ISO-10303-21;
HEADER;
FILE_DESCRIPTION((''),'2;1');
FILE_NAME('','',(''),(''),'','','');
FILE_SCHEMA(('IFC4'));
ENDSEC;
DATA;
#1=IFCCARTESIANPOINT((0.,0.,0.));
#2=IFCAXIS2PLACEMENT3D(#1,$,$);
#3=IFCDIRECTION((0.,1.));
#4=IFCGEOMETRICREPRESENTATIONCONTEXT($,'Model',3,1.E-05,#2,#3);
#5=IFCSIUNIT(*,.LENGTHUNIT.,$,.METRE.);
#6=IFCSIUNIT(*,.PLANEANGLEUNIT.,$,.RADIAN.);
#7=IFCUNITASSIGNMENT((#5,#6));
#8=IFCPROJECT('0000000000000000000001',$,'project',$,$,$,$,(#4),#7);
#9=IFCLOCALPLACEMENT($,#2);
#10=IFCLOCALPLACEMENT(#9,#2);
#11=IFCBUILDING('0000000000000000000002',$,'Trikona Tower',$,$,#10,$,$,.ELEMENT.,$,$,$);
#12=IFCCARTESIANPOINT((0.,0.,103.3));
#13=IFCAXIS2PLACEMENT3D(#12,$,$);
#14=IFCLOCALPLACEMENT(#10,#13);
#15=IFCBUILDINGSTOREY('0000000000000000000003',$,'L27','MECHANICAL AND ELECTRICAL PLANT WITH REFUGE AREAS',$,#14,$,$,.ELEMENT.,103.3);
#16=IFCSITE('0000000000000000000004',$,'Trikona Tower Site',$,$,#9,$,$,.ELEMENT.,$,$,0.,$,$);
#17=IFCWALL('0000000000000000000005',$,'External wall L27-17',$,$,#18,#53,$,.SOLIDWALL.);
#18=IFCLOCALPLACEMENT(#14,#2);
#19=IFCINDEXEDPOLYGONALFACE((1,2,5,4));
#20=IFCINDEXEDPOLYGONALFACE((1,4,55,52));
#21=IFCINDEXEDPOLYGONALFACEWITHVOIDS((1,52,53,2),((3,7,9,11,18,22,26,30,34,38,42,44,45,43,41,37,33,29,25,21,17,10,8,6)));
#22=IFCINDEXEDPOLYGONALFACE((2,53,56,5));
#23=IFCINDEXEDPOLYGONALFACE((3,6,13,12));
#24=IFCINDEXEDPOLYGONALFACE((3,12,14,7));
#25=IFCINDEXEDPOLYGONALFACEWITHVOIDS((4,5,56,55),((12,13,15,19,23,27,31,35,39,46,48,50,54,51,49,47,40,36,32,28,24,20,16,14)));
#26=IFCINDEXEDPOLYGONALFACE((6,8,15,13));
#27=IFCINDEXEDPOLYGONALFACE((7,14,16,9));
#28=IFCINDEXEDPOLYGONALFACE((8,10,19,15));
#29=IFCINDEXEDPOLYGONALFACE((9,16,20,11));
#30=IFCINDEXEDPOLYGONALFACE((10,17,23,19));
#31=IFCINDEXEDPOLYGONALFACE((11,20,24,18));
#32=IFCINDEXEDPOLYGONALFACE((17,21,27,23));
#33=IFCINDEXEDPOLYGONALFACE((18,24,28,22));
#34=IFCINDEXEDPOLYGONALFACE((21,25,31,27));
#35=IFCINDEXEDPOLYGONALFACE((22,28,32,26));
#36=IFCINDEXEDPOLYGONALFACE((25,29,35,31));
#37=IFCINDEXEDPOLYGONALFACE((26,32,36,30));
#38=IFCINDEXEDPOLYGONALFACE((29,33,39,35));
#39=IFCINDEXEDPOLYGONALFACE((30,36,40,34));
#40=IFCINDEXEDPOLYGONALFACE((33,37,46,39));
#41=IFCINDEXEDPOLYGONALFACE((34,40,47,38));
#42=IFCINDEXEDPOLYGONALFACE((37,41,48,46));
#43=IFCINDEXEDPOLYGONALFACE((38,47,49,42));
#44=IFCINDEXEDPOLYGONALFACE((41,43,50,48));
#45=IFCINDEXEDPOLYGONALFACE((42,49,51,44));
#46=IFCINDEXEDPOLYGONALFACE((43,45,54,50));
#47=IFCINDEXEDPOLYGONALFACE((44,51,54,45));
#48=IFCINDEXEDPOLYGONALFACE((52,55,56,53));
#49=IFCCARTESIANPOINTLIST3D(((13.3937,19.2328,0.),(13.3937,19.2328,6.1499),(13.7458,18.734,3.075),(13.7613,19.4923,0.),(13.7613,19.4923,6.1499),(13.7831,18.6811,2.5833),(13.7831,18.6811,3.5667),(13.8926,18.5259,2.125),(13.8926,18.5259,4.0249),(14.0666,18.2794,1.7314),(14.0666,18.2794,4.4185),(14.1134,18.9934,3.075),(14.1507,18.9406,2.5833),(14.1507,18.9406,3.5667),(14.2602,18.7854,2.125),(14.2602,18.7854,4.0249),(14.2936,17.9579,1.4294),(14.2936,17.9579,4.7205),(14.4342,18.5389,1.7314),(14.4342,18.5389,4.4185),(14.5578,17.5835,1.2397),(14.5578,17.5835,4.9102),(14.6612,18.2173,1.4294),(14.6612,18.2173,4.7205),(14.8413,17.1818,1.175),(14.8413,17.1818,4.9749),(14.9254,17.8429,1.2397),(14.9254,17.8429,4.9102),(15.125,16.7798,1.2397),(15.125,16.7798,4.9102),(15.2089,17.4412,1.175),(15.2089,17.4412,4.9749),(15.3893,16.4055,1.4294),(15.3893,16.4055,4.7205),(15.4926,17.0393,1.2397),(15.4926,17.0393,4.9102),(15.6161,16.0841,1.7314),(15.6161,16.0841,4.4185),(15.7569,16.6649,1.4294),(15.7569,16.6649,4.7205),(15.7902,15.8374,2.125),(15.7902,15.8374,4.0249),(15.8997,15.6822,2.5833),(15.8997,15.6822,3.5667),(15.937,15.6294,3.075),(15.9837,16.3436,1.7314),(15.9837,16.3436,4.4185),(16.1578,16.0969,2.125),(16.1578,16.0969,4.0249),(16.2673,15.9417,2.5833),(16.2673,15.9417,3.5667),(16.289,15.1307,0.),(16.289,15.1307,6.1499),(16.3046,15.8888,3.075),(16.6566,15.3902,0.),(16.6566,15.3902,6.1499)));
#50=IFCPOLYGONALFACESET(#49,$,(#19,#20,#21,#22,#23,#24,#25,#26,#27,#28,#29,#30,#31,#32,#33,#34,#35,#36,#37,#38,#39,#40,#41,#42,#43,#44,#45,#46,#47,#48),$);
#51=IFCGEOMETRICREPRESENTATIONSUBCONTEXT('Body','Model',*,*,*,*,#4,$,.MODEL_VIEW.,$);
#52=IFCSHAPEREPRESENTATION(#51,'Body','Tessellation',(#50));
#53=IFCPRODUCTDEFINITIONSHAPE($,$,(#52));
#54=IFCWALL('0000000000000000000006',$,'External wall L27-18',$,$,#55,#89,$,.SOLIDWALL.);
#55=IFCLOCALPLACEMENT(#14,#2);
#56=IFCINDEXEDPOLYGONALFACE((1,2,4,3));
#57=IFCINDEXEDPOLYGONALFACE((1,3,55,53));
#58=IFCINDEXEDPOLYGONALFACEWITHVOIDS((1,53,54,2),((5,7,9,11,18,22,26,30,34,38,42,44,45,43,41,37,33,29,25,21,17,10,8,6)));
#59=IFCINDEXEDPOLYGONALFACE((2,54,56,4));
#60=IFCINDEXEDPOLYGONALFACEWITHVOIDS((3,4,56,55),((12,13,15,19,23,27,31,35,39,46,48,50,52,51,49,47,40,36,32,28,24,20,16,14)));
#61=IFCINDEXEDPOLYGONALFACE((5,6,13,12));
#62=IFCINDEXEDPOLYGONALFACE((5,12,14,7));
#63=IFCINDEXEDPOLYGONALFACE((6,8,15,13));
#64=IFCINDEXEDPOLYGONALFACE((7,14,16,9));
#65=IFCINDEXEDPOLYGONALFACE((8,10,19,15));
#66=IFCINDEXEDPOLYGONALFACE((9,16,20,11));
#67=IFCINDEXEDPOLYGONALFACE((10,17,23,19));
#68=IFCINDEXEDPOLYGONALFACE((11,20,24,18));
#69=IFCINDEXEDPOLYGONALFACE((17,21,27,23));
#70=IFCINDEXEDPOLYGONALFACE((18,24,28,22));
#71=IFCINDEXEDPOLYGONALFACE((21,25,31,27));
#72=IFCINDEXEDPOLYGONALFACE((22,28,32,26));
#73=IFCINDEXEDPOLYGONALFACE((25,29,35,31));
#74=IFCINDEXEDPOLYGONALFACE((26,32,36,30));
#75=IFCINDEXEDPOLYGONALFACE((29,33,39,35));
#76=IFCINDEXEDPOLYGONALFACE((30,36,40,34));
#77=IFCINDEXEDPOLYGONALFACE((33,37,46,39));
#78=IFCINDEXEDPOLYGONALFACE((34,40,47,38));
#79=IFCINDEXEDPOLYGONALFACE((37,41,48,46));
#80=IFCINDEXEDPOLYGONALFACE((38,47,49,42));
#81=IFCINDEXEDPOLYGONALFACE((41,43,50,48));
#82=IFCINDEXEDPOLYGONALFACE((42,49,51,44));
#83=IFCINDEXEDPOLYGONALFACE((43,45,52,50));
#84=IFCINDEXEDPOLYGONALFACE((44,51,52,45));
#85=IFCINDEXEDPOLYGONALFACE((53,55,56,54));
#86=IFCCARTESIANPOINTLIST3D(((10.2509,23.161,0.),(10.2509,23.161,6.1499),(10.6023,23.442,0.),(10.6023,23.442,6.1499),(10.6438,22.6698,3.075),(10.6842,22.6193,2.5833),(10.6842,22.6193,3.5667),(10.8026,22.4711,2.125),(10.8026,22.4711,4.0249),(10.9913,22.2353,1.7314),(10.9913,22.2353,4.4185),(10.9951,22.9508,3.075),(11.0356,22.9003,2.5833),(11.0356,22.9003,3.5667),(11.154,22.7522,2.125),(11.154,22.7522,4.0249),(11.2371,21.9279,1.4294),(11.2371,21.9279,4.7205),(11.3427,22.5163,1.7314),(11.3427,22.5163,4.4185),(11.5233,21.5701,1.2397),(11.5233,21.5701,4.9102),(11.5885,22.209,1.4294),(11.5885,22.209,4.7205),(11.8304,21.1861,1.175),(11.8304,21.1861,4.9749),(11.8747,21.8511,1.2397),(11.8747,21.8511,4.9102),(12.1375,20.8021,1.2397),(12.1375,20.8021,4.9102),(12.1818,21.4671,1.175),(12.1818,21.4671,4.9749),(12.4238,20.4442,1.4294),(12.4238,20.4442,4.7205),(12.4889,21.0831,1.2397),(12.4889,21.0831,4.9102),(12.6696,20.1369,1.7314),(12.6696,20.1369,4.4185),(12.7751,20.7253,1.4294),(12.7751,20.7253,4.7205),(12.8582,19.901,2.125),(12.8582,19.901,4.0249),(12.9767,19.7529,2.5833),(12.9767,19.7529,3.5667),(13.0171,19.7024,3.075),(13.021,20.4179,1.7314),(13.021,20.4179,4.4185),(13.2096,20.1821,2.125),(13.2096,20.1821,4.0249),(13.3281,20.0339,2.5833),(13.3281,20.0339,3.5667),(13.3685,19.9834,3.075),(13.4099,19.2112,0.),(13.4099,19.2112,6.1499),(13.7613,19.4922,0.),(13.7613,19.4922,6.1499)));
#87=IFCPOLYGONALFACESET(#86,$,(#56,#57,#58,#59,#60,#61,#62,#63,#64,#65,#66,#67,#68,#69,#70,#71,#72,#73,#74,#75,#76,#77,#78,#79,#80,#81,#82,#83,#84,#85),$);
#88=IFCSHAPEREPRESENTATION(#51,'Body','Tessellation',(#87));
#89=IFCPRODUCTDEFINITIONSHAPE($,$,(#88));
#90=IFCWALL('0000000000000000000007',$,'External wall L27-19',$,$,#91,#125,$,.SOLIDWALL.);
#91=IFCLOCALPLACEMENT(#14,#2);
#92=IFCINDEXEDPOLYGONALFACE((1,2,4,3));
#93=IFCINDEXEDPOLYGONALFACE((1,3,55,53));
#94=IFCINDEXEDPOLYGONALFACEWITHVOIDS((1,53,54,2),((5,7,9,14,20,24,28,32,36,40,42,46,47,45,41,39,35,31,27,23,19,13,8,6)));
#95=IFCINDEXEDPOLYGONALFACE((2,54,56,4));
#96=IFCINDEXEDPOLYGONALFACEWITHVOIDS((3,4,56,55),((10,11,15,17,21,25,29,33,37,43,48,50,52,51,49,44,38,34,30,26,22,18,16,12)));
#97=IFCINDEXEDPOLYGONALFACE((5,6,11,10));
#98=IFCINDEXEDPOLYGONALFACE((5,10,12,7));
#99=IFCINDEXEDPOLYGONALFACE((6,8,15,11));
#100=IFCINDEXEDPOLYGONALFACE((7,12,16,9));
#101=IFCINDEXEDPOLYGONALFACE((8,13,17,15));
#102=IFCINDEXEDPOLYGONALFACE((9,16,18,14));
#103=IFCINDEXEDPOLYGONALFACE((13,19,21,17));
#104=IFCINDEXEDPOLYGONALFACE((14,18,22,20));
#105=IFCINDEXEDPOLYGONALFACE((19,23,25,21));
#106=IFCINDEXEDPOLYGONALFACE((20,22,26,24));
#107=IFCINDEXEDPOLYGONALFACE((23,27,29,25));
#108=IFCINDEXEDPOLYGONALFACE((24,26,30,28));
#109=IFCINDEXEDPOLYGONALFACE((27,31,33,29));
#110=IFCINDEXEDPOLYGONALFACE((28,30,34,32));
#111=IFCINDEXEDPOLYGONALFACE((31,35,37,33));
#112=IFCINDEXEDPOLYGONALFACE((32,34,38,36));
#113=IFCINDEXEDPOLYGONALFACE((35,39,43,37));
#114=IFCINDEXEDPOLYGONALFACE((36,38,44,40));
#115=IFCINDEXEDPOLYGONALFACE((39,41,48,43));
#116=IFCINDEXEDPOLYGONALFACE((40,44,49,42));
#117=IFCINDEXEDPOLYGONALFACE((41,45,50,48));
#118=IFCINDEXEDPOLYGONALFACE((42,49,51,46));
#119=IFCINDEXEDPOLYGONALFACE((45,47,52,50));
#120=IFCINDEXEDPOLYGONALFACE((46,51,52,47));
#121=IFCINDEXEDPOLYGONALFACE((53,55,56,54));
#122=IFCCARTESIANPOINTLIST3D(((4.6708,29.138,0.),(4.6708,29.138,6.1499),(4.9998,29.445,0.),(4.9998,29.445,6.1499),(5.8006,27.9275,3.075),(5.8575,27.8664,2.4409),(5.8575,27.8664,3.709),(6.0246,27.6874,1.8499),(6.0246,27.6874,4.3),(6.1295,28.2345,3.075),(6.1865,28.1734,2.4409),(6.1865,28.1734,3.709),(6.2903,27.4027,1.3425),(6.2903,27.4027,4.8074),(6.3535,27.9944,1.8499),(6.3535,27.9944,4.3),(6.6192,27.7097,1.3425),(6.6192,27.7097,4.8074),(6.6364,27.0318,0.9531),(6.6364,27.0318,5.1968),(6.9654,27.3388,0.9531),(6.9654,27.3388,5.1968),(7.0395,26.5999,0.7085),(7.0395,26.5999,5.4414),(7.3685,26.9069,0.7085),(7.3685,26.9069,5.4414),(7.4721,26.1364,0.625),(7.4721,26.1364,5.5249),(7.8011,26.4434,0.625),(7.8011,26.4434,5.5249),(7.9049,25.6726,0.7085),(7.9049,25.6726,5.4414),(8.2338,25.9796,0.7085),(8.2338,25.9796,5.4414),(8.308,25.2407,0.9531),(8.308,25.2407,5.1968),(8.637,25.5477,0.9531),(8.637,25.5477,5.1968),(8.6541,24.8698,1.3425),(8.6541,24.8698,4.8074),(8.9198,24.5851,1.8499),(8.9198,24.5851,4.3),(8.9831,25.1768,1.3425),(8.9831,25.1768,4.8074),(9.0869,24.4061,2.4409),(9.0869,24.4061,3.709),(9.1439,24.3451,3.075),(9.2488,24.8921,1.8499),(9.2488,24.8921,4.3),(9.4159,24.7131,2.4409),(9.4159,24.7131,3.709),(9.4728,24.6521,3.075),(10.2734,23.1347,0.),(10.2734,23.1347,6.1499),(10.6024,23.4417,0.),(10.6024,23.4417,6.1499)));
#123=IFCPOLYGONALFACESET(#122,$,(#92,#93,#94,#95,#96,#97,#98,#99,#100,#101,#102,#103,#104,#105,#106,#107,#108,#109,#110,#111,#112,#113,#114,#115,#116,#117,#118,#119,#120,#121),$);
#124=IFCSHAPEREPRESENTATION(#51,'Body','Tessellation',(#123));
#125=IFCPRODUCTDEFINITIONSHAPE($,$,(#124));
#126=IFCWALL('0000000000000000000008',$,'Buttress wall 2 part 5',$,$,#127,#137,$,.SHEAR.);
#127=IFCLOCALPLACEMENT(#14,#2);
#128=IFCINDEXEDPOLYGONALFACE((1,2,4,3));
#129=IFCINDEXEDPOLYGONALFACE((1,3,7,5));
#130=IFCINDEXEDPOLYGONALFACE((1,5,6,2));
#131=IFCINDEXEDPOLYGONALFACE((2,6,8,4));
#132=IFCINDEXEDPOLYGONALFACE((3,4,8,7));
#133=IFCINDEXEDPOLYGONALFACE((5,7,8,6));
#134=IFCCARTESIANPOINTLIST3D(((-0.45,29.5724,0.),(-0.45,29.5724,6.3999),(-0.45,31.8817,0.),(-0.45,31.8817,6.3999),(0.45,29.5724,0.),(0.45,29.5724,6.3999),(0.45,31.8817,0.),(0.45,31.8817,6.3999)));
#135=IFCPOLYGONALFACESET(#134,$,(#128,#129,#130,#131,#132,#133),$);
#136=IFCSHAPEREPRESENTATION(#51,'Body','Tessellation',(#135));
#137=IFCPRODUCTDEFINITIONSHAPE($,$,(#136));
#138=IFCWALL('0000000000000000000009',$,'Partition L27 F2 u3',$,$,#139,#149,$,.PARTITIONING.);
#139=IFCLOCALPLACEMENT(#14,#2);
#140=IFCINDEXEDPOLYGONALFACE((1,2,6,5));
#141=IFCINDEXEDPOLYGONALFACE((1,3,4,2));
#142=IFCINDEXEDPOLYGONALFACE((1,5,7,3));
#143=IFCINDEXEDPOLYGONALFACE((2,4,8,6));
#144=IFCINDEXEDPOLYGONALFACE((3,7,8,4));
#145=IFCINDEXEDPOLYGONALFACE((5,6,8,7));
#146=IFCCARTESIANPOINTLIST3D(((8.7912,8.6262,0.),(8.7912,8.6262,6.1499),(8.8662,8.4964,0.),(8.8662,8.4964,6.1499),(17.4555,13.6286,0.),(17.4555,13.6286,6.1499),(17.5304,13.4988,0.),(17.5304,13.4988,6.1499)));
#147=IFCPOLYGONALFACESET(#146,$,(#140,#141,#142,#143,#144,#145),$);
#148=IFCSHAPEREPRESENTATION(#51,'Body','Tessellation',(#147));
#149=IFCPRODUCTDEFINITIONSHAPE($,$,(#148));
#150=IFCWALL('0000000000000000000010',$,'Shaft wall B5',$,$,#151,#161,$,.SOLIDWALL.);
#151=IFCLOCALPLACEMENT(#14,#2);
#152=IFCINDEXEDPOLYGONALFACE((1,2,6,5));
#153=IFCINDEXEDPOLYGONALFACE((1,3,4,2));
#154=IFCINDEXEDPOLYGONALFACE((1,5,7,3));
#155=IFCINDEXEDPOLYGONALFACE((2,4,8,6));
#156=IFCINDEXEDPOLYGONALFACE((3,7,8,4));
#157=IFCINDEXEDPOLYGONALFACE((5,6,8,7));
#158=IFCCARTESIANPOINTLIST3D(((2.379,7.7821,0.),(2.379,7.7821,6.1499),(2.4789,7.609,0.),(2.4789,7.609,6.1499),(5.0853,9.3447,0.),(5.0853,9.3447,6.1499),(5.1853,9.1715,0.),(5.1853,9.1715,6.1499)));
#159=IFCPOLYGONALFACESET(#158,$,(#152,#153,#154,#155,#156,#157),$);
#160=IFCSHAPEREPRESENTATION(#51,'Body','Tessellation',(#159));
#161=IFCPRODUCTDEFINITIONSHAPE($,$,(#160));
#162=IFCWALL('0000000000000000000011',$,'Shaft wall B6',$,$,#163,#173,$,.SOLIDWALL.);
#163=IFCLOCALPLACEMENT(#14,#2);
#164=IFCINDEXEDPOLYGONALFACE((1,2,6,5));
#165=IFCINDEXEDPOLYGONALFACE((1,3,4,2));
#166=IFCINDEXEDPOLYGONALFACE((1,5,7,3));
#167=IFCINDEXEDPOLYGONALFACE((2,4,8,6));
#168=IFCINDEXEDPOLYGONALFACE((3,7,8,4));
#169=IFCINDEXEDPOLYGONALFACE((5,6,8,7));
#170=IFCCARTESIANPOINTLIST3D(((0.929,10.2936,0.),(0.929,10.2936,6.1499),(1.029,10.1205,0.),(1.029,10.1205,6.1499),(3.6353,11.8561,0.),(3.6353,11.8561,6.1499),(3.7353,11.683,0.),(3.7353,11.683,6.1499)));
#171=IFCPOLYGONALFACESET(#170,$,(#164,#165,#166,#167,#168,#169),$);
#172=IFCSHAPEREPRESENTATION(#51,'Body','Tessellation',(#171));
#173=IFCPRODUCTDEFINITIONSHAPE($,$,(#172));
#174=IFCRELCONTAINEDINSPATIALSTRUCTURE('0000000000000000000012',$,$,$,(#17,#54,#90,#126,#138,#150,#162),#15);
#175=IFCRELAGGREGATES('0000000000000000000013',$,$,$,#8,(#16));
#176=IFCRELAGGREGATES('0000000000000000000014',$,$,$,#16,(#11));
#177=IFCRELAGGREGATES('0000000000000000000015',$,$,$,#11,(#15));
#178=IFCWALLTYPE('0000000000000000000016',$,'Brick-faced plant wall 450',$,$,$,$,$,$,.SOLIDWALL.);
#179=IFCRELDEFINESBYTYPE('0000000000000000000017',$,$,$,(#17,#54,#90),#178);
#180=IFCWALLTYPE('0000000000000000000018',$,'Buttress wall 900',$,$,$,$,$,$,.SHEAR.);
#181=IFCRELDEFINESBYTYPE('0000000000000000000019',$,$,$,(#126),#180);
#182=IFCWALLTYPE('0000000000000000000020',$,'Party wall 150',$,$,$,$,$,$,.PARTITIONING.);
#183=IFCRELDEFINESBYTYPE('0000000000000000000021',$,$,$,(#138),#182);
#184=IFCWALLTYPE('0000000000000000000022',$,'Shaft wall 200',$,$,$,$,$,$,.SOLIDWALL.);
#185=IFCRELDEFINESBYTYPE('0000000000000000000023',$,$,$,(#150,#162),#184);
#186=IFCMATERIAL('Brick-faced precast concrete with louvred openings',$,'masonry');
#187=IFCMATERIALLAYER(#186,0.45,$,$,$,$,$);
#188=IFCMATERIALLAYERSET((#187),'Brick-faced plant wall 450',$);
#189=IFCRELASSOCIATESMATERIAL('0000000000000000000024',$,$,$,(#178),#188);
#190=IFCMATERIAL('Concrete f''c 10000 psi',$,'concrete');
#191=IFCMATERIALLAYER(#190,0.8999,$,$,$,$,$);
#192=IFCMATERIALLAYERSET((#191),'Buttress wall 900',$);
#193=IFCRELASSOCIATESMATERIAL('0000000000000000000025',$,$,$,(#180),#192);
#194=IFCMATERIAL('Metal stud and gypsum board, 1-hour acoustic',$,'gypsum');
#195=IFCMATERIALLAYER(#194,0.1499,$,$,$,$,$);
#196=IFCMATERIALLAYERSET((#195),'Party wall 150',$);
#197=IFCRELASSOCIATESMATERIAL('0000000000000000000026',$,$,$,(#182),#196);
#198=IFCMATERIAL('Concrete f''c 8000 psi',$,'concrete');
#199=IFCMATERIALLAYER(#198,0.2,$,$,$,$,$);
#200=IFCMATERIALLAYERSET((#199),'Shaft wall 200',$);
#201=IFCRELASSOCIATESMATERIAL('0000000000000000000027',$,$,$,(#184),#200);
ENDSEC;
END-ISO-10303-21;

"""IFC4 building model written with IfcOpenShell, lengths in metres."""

from ifc_helpers import new_model, si_unit, direction, frame, frame_2d, origin, place, context, subcontext, project, spatial, polyline, rectangle, outline, extrude, material, layer, layer_set, type_object, element, save


model = new_model("IFC4")

# Units and contexts
model_context = context("Model", 3, precision=1e-05, world=origin(), true_north=direction((0.0, 1.0)))
body_context = subcontext(model_context, "Body", "Model", "MODEL_VIEW")
ifc_project = project(units=[si_unit("LENGTHUNIT", "METRE"), si_unit("PLANEANGLEUNIT", "RADIAN")], contexts=[model_context])

# Site, building, storey
site_placement = place(None, origin())
site = spatial("IfcSite", under=ifc_project, at=site_placement, Name="Trikona Tower Site", CompositionType="ELEMENT", RefElevation=0.0)
building_placement = place(site_placement, origin())
building = spatial("IfcBuilding", under=site, at=building_placement, Name="Trikona Tower", CompositionType="ELEMENT")
storey_placement = place(building_placement, frame((0.0, 0.0, 103.3)))
storey = spatial("IfcBuildingStorey", under=building, at=storey_placement, Name="L27", Description="MECHANICAL AND ELECTRICAL PLANT WITH REFUGE AREAS", CompositionType="ELEMENT", Elevation=103.3)

# Walls
ifc_material_1 = material(Name="Brick-faced precast concrete with louvred openings", Category="masonry")
ifc_layer_1 = layer(ifc_material_1, 0.45)
ifc_layer_set_1 = layer_set([ifc_layer_1], Name="Brick-faced plant wall 450")
wall_type_1 = type_object("IfcWallType", Name="Brick-faced plant wall 450", PredefinedType="SOLIDWALL", material=ifc_layer_set_1)
wall_1_placement = place(storey_placement, frame((16.4729, 15.2605, 0.0), z_axis=(0.0, 0.0, 1.0), x_axis=(-0.576643, 0.816996, 0.0)))
element("IfcWall", 1, at=wall_1_placement, inside=storey, type_object=wall_type_1, Name="External wall L27-17", PredefinedType="SOLIDWALL", context=body_context, shape_type="SweptSolid", body=[
    extrude(outline(polyline([(0.0, 0.0), (5.021, 0.0), (5.021, 6.1499), (0.0, 6.1499), (0.0, 0.0)]), holes=[polyline([(4.4104, 3.075), (4.3457, 3.5667), (4.1558, 4.0249), (3.854, 4.4185), (3.4604, 4.7205), (3.0022, 4.9102), (2.5105, 4.9749), (2.0186, 4.9102), (1.5603, 4.7205), (1.167, 4.4185), (0.865, 4.0249), (0.675, 3.5667), (0.6104, 3.075), (0.675, 2.5833), (0.865, 2.125), (1.167, 1.7314), (1.5603, 1.4294), (2.0186, 1.2397), (2.5105, 1.175), (3.0022, 1.2397), (3.4604, 1.4294), (3.854, 1.7314), (4.1558, 2.125), (4.3457, 2.5833), (4.4104, 3.075)])]), frame((0.0, 0.2251, 0.0), z_axis=(0.0, -1.0, 0.0), x_axis=(1.0, 0.0, 0.0)), (0.0, 0.0, 1.0), 0.45),
])
wall_2_placement = place(storey_placement, frame((13.5857, 19.3518, 0.0), z_axis=(0.0, 0.0, 1.0), x_axis=(-0.624595, 0.780949, 0.0)))
element("IfcWall", 2, at=wall_2_placement, inside=storey, type_object=wall_type_1, Name="External wall L27-18", PredefinedType="SOLIDWALL", context=body_context, shape_type="SweptSolid", body=[
    extrude(outline(polyline([(0.0, 0.0), (5.0576, 0.0), (5.0576, 6.1499), (0.0, 6.1499), (0.0, 0.0)]), holes=[polyline([(4.4287, 3.075), (4.364, 3.5667), (4.1743, 4.0249), (3.8723, 4.4185), (3.4788, 4.7205), (3.0205, 4.9102), (2.5288, 4.9749), (2.0371, 4.9102), (1.5789, 4.7205), (1.1853, 4.4185), (0.8833, 4.0249), (0.6936, 3.5667), (0.6289, 3.075), (0.6936, 2.5833), (0.8833, 2.125), (1.1853, 1.7314), (1.5789, 1.4294), (2.0371, 1.2397), (2.5288, 1.175), (3.0205, 1.2397), (3.4788, 1.4294), (3.8723, 1.7314), (4.1743, 2.125), (4.364, 2.5833), (4.4287, 3.075)])]), frame((0.0, 0.2251, 0.0), z_axis=(0.0, -1.0, 0.0), x_axis=(1.0, 0.0, 0.0)), (0.0, 0.0, 1.0), 0.45),
])
wall_3_placement = place(storey_placement, frame((10.438, 23.2883, 0.0), z_axis=(0.0, 0.0, 1.0), x_axis=(-0.682291, 0.731081, 0.0)))
element("IfcWall", 3, at=wall_3_placement, inside=storey, type_object=wall_type_1, Name="External wall L27-19", PredefinedType="SOLIDWALL", context=body_context, shape_type="SweptSolid", body=[
    extrude(outline(polyline([(0.0, 0.0), (8.2114, 0.0), (8.2114, 6.1499), (0.0, 6.1499), (0.0, 0.0)]), holes=[polyline([(6.5557, 3.075), (6.4722, 3.709), (6.2273, 4.3), (5.8379, 4.8074), (5.3306, 5.1968), (4.7397, 5.4414), (4.1057, 5.5249), (3.4714, 5.4414), (2.8806, 5.1968), (2.3733, 4.8074), (1.9839, 4.3), (1.739, 3.709), (1.6555, 3.075), (1.739, 2.4409), (1.9839, 1.8499), (2.3733, 1.3425), (2.8806, 0.9531), (3.4714, 0.7085), (4.1057, 0.625), (4.7397, 0.7085), (5.3306, 0.9531), (5.8379, 1.3425), (6.2273, 1.8499), (6.4722, 2.4409), (6.5557, 3.075)])]), frame((0.0, 0.2251, 0.0), z_axis=(0.0, -1.0, 0.0), x_axis=(1.0, 0.0, 0.0)), (0.0, 0.0, 1.0), 0.45),
])
ifc_material_2 = material(Name="Concrete f'c 10000 psi", Category="concrete")
ifc_layer_2 = layer(ifc_material_2, 0.8999)
ifc_layer_set_2 = layer_set([ifc_layer_2], Name="Buttress wall 900")
wall_type_2 = type_object("IfcWallType", Name="Buttress wall 900", PredefinedType="SHEAR", material=ifc_layer_set_2)
wall_4_placement = place(storey_placement, frame((0.0, 29.5723, 0.0), z_axis=(0.0, 0.0, 1.0), x_axis=(0.0, 1.0, 0.0)))
element("IfcWall", 4, at=wall_4_placement, inside=storey, type_object=wall_type_2, Name="Buttress wall 2 part 5", PredefinedType="SHEAR", context=body_context, shape_type="SweptSolid", body=[
    extrude(rectangle(XDim=2.3093, YDim=0.8999, at=frame_2d((1.1548, 0.0))), origin(), (0.0, 0.0, 1.0), 6.3999),
])
ifc_material_3 = material(Name="Metal stud and gypsum board, 1-hour acoustic", Category="gypsum")
ifc_layer_3 = layer(ifc_material_3, 0.1499)
ifc_layer_set_3 = layer_set([ifc_layer_3], Name="Party wall 150")
wall_type_3 = type_object("IfcWallType", Name="Party wall 150", PredefinedType="PARTITIONING", material=ifc_layer_set_3)
wall_5_placement = place(storey_placement, frame((8.8286, 8.5613, 0.0), z_axis=(0.0, 0.0, 1.0), x_axis=(0.866021, 0.500008, 0.0)))
element("IfcWall", 5, at=wall_5_placement, inside=storey, type_object=wall_type_3, Name="Partition L27 F2 u3", PredefinedType="PARTITIONING", context=body_context, shape_type="SweptSolid", body=[
    extrude(rectangle(XDim=10.0046, YDim=0.1499, at=frame_2d((5.0024, 0.0))), origin(), (0.0, 0.0, 1.0), 6.1499),
])
ifc_material_4 = material(Name="Concrete f'c 8000 psi", Category="concrete")
ifc_layer_4 = layer(ifc_material_4, 0.2)
ifc_layer_set_4 = layer_set([ifc_layer_4], Name="Shaft wall 200")
wall_type_4 = type_object("IfcWallType", Name="Shaft wall 200", PredefinedType="SOLIDWALL", material=ifc_layer_set_4)
for number, where, z_axis, x_axis, name in (
    (6, (2.429, 7.6956, 0.0), (0.0, 0.0, 1.0), (0.866023, 0.500004, 0.0), "Shaft wall B5"),
    (7, (0.979, 10.207, 0.0), (0.0, 0.0, 1.0), (0.866023, 0.500004, 0.0), "Shaft wall B6"),
):
    element("IfcWall", number, at=place(storey_placement, frame(where, z_axis=z_axis, x_axis=x_axis)), inside=storey, type_object=wall_type_4, Name=name, PredefinedType="SOLIDWALL", context=body_context, shape_type="SweptSolid", body=[
        extrude(rectangle(XDim=3.125, YDim=0.2, at=frame_2d((1.5625, 0.0))), origin(), (0.0, 0.0, 1.0), 6.1499),
    ])

save(model, "model.ifc")
